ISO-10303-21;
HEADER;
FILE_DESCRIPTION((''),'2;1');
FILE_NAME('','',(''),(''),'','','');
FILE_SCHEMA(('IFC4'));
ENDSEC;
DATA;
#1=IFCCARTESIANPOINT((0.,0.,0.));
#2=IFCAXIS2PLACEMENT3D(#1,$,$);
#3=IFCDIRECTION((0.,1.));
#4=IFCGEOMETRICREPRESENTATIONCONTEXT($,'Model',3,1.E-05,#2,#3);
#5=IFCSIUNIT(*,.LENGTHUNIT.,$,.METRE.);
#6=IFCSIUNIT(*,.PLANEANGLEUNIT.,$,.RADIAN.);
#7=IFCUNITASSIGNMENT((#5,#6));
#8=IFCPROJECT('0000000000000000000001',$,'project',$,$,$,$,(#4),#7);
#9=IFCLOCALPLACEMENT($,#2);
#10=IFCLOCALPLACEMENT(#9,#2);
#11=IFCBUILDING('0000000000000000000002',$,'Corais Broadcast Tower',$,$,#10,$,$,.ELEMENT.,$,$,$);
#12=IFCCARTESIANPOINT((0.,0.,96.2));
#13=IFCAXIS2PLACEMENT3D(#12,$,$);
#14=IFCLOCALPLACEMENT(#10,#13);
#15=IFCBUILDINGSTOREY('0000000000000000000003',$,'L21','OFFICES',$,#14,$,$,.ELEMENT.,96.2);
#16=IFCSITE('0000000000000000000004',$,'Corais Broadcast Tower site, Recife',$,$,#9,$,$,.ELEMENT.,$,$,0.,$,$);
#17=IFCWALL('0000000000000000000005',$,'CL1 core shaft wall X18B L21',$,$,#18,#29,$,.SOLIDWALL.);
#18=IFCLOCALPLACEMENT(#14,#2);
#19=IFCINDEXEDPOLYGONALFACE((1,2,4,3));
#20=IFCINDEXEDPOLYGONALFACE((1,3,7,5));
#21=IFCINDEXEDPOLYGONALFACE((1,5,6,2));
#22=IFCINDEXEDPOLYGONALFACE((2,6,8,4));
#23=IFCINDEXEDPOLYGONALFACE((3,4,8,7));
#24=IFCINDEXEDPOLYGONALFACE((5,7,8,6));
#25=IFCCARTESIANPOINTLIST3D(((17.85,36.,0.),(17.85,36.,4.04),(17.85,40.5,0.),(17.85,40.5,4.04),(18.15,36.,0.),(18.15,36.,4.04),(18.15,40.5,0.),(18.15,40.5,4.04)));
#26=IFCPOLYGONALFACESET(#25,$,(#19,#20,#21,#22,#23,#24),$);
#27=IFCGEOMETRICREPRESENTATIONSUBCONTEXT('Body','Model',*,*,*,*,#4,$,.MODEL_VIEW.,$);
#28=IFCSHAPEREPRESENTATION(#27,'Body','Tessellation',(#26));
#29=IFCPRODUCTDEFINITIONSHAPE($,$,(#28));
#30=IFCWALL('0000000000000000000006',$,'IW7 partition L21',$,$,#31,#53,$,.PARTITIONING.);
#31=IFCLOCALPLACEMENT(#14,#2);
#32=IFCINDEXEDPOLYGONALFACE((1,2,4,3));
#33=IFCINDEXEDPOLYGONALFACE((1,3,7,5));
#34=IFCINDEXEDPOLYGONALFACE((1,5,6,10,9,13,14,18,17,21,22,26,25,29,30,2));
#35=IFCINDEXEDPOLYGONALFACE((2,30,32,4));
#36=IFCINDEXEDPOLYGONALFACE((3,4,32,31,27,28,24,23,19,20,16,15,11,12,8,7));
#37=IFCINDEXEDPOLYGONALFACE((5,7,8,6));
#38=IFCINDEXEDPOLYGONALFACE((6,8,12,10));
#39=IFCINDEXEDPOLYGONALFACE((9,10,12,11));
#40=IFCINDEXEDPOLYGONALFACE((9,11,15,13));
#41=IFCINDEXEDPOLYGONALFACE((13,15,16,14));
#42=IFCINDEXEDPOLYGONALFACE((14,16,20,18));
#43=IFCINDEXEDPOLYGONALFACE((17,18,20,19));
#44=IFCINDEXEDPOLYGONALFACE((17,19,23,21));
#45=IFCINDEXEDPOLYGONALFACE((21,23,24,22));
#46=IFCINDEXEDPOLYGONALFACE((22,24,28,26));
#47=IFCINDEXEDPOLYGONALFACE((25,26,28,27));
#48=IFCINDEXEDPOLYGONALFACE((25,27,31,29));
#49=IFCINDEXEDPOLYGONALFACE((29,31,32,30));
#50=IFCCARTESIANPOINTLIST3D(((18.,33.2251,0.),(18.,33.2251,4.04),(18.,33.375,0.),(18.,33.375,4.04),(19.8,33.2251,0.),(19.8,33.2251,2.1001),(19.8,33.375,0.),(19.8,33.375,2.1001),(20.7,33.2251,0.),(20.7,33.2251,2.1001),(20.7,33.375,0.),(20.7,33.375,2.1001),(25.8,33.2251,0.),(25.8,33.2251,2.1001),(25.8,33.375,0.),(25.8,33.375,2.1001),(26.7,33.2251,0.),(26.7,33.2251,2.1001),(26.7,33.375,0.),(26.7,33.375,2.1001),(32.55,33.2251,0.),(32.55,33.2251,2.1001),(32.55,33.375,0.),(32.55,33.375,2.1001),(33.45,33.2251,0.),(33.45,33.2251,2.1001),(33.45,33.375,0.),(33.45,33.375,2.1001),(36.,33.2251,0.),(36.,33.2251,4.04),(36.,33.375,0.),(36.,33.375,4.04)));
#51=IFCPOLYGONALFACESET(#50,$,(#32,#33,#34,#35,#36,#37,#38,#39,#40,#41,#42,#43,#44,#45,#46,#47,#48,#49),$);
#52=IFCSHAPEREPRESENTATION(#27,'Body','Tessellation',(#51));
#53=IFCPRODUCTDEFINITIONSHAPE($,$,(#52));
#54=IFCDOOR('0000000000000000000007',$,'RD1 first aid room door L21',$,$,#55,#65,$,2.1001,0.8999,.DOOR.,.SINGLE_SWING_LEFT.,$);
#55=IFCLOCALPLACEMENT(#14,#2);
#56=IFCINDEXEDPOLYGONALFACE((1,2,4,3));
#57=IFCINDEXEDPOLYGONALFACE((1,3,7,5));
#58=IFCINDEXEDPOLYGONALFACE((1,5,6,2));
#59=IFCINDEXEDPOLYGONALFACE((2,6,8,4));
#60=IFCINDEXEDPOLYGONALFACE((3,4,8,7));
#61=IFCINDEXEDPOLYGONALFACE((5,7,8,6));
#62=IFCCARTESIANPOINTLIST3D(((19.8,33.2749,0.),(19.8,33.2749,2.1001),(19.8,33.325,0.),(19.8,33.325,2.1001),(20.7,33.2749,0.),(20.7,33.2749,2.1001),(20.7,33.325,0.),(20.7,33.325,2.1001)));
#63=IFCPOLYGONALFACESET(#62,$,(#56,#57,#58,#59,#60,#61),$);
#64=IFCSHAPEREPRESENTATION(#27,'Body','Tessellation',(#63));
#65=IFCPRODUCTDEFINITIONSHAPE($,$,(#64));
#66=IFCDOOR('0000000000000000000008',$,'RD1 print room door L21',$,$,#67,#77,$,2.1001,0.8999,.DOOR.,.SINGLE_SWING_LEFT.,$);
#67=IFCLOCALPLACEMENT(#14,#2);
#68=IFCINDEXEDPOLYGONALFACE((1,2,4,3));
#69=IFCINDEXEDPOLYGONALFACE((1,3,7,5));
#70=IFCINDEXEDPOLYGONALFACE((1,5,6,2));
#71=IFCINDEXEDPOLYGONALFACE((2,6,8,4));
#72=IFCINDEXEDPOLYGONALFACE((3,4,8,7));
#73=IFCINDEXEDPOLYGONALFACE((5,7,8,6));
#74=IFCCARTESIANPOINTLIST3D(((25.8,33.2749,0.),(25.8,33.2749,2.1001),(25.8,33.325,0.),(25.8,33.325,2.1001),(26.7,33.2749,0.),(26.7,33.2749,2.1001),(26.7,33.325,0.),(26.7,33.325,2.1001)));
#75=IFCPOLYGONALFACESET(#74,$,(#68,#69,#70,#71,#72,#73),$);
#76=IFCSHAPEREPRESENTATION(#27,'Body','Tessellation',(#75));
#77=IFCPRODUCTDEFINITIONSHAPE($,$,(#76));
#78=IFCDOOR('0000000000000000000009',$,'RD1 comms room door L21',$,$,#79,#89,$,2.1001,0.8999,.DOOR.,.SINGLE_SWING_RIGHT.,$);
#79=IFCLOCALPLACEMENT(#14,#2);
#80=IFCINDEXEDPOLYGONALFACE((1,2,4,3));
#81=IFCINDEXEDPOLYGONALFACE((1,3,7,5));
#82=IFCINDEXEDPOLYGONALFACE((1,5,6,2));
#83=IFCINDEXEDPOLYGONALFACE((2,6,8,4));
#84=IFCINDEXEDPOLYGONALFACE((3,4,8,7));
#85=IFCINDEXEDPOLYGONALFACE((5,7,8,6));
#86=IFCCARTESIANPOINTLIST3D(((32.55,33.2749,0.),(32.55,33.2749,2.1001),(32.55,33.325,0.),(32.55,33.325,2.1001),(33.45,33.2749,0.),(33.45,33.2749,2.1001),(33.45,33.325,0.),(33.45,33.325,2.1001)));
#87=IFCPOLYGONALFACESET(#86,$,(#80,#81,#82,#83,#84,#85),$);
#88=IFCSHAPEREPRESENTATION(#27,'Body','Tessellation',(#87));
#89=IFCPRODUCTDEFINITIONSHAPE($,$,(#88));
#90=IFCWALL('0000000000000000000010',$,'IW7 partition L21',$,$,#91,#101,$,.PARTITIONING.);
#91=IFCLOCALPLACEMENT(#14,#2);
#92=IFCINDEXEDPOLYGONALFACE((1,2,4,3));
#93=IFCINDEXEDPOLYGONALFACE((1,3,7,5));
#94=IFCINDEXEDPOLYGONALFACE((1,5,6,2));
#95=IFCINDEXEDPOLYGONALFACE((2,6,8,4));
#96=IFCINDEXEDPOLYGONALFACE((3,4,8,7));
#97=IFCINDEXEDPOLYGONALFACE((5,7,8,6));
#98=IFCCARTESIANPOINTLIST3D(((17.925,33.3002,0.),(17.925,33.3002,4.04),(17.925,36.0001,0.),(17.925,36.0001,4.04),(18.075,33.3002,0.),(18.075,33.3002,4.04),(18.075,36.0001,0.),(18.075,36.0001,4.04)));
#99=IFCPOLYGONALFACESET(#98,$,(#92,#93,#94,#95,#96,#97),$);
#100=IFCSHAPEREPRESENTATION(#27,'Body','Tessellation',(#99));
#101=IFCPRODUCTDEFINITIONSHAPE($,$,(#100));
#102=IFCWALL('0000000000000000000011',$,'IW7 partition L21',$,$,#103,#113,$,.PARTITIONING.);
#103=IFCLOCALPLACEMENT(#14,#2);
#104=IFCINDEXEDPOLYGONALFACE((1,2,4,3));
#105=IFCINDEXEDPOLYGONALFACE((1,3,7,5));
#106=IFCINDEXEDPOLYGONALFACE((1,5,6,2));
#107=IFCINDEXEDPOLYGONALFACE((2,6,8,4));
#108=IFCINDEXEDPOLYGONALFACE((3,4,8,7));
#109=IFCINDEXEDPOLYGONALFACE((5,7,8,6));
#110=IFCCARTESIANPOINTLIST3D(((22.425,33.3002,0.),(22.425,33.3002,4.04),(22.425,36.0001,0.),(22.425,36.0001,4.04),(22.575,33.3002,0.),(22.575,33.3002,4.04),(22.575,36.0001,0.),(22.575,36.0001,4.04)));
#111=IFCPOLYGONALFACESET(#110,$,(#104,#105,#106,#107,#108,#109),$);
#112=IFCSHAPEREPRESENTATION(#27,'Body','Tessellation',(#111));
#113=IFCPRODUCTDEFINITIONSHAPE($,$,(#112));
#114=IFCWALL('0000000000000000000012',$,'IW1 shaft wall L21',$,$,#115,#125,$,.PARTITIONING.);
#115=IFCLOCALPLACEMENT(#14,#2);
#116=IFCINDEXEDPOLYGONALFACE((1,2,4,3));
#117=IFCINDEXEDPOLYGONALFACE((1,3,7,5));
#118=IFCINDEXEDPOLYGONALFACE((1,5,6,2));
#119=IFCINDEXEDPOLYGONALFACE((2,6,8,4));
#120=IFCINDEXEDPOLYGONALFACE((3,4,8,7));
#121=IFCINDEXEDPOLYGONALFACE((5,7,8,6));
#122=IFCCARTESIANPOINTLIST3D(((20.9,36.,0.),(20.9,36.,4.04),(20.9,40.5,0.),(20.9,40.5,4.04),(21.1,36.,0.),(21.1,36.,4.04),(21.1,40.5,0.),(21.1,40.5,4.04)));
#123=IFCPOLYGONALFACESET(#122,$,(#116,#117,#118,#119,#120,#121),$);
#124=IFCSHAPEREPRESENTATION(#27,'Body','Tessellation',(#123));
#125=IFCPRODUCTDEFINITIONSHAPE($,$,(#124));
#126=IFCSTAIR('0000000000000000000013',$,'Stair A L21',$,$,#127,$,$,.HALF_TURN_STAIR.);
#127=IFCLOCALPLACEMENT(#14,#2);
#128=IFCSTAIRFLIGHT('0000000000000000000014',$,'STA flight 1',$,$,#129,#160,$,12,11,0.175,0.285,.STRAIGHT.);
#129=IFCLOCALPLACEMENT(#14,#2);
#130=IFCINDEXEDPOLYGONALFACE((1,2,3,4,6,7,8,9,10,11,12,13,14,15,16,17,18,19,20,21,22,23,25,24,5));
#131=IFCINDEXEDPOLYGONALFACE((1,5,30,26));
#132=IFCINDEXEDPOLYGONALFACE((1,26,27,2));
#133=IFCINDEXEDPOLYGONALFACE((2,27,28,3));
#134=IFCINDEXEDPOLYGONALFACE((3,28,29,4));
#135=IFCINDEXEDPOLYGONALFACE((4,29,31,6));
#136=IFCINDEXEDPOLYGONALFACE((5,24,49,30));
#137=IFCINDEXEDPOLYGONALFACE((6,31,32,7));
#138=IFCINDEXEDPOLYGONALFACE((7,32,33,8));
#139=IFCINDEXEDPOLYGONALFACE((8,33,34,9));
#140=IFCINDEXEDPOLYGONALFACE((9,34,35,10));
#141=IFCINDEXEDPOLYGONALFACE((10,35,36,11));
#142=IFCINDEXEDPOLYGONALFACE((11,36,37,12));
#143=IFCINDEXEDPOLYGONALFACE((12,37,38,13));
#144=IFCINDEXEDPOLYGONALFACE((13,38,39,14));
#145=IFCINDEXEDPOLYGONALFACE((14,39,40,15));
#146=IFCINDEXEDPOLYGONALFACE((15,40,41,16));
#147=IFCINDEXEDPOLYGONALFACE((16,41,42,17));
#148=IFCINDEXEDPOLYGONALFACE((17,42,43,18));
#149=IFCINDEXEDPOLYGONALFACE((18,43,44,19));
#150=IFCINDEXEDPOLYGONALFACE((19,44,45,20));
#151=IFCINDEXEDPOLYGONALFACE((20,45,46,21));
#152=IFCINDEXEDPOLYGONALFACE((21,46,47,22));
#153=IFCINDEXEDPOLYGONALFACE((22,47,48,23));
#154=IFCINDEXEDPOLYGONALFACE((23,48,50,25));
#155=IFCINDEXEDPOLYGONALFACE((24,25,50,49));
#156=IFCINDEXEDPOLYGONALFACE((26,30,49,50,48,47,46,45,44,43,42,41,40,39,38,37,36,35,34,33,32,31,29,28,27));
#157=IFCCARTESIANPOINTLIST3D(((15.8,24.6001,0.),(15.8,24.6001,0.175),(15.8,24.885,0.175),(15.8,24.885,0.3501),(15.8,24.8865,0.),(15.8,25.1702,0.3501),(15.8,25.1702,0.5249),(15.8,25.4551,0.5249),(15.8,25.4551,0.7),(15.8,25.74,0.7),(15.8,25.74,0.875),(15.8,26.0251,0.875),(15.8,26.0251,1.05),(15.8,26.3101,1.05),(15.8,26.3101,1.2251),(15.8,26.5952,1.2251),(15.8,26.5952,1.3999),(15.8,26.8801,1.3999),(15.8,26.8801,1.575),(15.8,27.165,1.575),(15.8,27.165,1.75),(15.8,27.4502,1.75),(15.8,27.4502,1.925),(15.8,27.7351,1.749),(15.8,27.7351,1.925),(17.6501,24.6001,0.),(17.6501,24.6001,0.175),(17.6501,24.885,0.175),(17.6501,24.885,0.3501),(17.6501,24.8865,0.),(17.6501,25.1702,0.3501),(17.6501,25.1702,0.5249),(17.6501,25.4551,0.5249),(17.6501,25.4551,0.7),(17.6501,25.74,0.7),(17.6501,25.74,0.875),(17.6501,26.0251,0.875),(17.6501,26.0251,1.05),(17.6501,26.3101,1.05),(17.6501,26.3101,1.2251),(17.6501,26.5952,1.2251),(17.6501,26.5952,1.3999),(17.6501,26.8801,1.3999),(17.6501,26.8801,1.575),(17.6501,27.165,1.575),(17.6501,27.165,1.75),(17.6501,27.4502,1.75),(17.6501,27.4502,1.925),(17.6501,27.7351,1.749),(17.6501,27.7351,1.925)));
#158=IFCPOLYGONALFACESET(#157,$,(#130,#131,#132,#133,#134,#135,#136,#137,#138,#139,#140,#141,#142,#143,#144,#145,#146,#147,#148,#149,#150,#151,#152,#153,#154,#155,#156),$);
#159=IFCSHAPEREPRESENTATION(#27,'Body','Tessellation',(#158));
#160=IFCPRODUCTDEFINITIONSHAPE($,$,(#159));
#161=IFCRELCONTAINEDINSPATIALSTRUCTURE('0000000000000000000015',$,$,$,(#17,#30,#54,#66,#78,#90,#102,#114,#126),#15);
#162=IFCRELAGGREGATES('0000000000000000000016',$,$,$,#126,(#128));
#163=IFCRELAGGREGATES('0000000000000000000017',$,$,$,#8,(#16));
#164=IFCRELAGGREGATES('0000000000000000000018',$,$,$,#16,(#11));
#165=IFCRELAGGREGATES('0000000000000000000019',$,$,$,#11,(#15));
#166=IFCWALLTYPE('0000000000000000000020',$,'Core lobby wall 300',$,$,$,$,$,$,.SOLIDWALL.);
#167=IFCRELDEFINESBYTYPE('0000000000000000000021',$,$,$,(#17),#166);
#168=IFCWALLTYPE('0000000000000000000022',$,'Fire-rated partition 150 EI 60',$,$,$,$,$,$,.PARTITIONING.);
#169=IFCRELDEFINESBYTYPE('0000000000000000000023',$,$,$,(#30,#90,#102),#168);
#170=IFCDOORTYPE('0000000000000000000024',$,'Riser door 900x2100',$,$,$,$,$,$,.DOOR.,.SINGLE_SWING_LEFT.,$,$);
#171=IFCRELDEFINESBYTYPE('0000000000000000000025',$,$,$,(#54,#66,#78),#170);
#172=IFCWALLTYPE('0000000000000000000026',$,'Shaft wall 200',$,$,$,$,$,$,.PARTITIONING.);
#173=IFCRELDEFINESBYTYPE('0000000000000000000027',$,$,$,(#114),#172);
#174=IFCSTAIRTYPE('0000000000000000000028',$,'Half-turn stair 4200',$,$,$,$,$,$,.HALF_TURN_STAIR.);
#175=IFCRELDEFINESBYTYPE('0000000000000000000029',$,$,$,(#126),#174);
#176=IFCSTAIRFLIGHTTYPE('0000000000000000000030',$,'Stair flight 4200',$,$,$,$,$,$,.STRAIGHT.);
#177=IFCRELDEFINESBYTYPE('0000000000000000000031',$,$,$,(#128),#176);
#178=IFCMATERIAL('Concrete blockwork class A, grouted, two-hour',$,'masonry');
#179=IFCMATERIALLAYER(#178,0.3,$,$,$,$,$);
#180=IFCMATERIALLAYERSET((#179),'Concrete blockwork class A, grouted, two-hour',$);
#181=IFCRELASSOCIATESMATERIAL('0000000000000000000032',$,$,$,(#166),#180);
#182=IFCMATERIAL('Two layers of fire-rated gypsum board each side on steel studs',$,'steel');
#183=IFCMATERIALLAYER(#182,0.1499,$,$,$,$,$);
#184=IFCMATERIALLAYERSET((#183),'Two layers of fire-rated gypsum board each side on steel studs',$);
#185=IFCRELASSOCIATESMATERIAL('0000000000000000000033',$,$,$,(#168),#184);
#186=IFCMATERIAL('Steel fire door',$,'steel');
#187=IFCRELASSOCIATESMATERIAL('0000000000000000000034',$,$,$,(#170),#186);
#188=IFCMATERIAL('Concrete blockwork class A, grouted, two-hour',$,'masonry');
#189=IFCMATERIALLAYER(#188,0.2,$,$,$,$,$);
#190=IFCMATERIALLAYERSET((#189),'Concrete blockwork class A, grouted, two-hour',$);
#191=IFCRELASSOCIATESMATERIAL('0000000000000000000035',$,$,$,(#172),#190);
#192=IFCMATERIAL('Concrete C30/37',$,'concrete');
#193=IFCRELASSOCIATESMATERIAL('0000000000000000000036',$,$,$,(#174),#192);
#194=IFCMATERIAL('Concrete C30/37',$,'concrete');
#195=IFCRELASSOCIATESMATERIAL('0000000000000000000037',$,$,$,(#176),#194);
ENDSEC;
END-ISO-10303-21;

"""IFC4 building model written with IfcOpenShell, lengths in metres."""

from ifc_helpers import new_model, si_unit, direction, frame, frame_2d, origin, place, context, subcontext, project, spatial, polyline, rectangle, outline, extrude, material, layer, layer_set, type_object, element, fill, aggregate, save


model = new_model("IFC4")

# Units and contexts
model_context = context("Model", 3, precision=1e-05, world=origin(), true_north=direction((0.0, 1.0)))
body_context = subcontext(model_context, "Body", "Model", "MODEL_VIEW")
ifc_project = project(units=[si_unit("LENGTHUNIT", "METRE"), si_unit("PLANEANGLEUNIT", "RADIAN")], contexts=[model_context])

# Site, building, storey
site_placement = place(None, origin())
site = spatial("IfcSite", under=ifc_project, at=site_placement, Name="Corais Broadcast Tower site, Recife", CompositionType="ELEMENT", RefElevation=0.0)
building_placement = place(site_placement, origin())
building = spatial("IfcBuilding", under=site, at=building_placement, Name="Corais Broadcast Tower", CompositionType="ELEMENT")
storey_placement = place(building_placement, frame((0.0, 0.0, 96.2)))
storey = spatial("IfcBuildingStorey", under=building, at=storey_placement, Name="L21", Description="OFFICES", CompositionType="ELEMENT", Elevation=96.2)

# Wall
ifc_material_1 = material(Name="Concrete blockwork class A, grouted, two-hour", Category="masonry")
ifc_layer_1 = layer(ifc_material_1, 0.3)
ifc_layer_set_1 = layer_set([ifc_layer_1], Name="Concrete blockwork class A, grouted, two-hour")
wall_type_1 = type_object("IfcWallType", Name="Core lobby wall 300", PredefinedType="SOLIDWALL", material=ifc_layer_set_1)
wall_1_placement = place(storey_placement, frame((18.0, 36.0, 0.0), z_axis=(0.0, 0.0, 1.0), x_axis=(0.0, 1.0, 0.0)))
element("IfcWall", 1, at=wall_1_placement, inside=storey, type_object=wall_type_1, Name="CL1 core shaft wall X18B L21", PredefinedType="SOLIDWALL", context=body_context, shape_type="SweptSolid", body=[
    extrude(rectangle(XDim=4.5, YDim=0.3, at=frame_2d((2.25, 0.0))), origin(), (0.0, 0.0, 1.0), 4.04),
])

# Wall, openings, doors
ifc_material_2 = material(Name="Two layers of fire-rated gypsum board each side on steel studs", Category="steel")
ifc_layer_2 = layer(ifc_material_2, 0.1499)
ifc_layer_set_2 = layer_set([ifc_layer_2], Name="Two layers of fire-rated gypsum board each side on steel studs")
wall_type_2 = type_object("IfcWallType", Name="Fire-rated partition 150 EI 60", PredefinedType="PARTITIONING", material=ifc_layer_set_2)
wall_2_placement = place(storey_placement, frame((18.0, 33.3, 0.0), z_axis=(0.0, 0.0, 1.0), x_axis=(1.0, 0.0, 0.0)))
wall_2 = element("IfcWall", 2, at=wall_2_placement, inside=storey, type_object=wall_type_2, Name="IW7 partition L21", PredefinedType="PARTITIONING", context=body_context, shape_type="SweptSolid", body=[
    extrude(rectangle(XDim=18.0, YDim=0.1499, at=frame_2d((9.0, 0.0))), origin(), (0.0, 0.0, 1.0), 4.04),
])
opening_1_placement = place(wall_2_placement, frame((1.8, 0.0, 0.0)))
opening_1 = element("IfcOpeningElement", 3, at=opening_1_placement, cuts=wall_2, PredefinedType="OPENING", context=body_context, shape_type="SweptSolid", body=[
    extrude(rectangle(XDim=0.8999, YDim=2.1001, at=frame_2d((0.45, 1.05))), frame((0.0, 0.085, 0.0), z_axis=(0.0, -1.0, 0.0), x_axis=(1.0, 0.0, 0.0)), (0.0, 0.0, 1.0), 0.1699),
])
opening_2_placement = place(wall_2_placement, frame((7.8, 0.0, 0.0)))
opening_2 = element("IfcOpeningElement", 4, at=opening_2_placement, cuts=wall_2, PredefinedType="OPENING", context=body_context, shape_type="SweptSolid", body=[
    extrude(rectangle(XDim=0.8999, YDim=2.1001, at=frame_2d((0.45, 1.05))), frame((0.0, 0.085, 0.0), z_axis=(0.0, -1.0, 0.0), x_axis=(1.0, 0.0, 0.0)), (0.0, 0.0, 1.0), 0.1699),
])
opening_3_placement = place(wall_2_placement, frame((14.55, 0.0, 0.0)))
opening_3 = element("IfcOpeningElement", 5, at=opening_3_placement, cuts=wall_2, PredefinedType="OPENING", context=body_context, shape_type="SweptSolid", body=[
    extrude(rectangle(XDim=0.8999, YDim=2.1001, at=frame_2d((0.45, 1.05))), frame((0.0, 0.085, 0.0), z_axis=(0.0, -1.0, 0.0), x_axis=(1.0, 0.0, 0.0)), (0.0, 0.0, 1.0), 0.1699),
])
ifc_material_3 = material(Name="Steel fire door", Category="steel")
door_type = type_object("IfcDoorType", Name="Riser door 900x2100", OperationType="SINGLE_SWING_LEFT", PredefinedType="DOOR", material=ifc_material_3)
door_1_placement = place(opening_1_placement, origin())
door_1 = element("IfcDoor", 6, at=door_1_placement, inside=storey, type_object=door_type, Name="RD1 first aid room door L21", OperationType="SINGLE_SWING_LEFT", OverallHeight=2.1001, OverallWidth=0.8999, PredefinedType="DOOR", context=body_context, shape_type="SweptSolid", body=[
    extrude(rectangle(XDim=0.8999, YDim=2.1001, at=frame_2d((0.45, 1.05))), frame((0.0, 0.0249, 0.0), z_axis=(0.0, -1.0, 0.0), x_axis=(1.0, 0.0, 0.0)), (0.0, 0.0, 1.0), 0.05),
])
fill(opening_1, door_1)
door_2_placement = place(opening_2_placement, origin())
door_2 = element("IfcDoor", 7, at=door_2_placement, inside=storey, type_object=door_type, Name="RD1 print room door L21", OperationType="SINGLE_SWING_LEFT", OverallHeight=2.1001, OverallWidth=0.8999, PredefinedType="DOOR", context=body_context, shape_type="SweptSolid", body=[
    extrude(rectangle(XDim=0.8999, YDim=2.1001, at=frame_2d((0.45, 1.05))), frame((0.0, 0.0249, 0.0), z_axis=(0.0, -1.0, 0.0), x_axis=(1.0, 0.0, 0.0)), (0.0, 0.0, 1.0), 0.05),
])
fill(opening_2, door_2)
door_3_placement = place(opening_3_placement, origin())
door_3 = element("IfcDoor", 8, at=door_3_placement, inside=storey, type_object=door_type, Name="RD1 comms room door L21", OperationType="SINGLE_SWING_RIGHT", OverallHeight=2.1001, OverallWidth=0.8999, PredefinedType="DOOR", context=body_context, shape_type="SweptSolid", body=[
    extrude(rectangle(XDim=0.8999, YDim=2.1001, at=frame_2d((0.45, 1.05))), frame((0.0, 0.0249, 0.0), z_axis=(0.0, -1.0, 0.0), x_axis=(1.0, 0.0, 0.0)), (0.0, 0.0, 1.0), 0.05),
])
fill(opening_3, door_3)

# Walls
for number, where, z_axis, x_axis, name in (
    (9, (18.0, 33.3, 0.0), (0.0, 0.0, 1.0), (0.0, 1.0, 0.0), "IW7 partition L21"),
    (10, (22.5, 33.3, 0.0), (0.0, 0.0, 1.0), (0.0, 1.0, 0.0), "IW7 partition L21"),
):
    element("IfcWall", number, at=place(storey_placement, frame(where, z_axis=z_axis, x_axis=x_axis)), inside=storey, type_object=wall_type_2, Name=name, PredefinedType="PARTITIONING", context=body_context, shape_type="SweptSolid", body=[
        extrude(rectangle(XDim=2.7, YDim=0.1499, at=frame_2d((1.3501, 0.0))), origin(), (0.0, 0.0, 1.0), 4.04),
    ])
ifc_material_4 = material(Name="Concrete blockwork class A, grouted, two-hour", Category="masonry")
ifc_layer_3 = layer(ifc_material_4, 0.2)
ifc_layer_set_3 = layer_set([ifc_layer_3], Name="Concrete blockwork class A, grouted, two-hour")
wall_type_3 = type_object("IfcWallType", Name="Shaft wall 200", PredefinedType="PARTITIONING", material=ifc_layer_set_3)
wall_3_placement = place(storey_placement, frame((21.0, 36.0, 0.0), z_axis=(0.0, 0.0, 1.0), x_axis=(0.0, 1.0, 0.0)))
element("IfcWall", 11, at=wall_3_placement, inside=storey, type_object=wall_type_3, Name="IW1 shaft wall L21", PredefinedType="PARTITIONING", context=body_context, shape_type="SweptSolid", body=[
    extrude(rectangle(XDim=4.5, YDim=0.2, at=frame_2d((2.25, 0.0))), origin(), (0.0, 0.0, 1.0), 4.04),
])

# Stair, stair flight
ifc_material_5 = material(Name="Concrete C30/37", Category="concrete")
stair_type = type_object("IfcStairType", Name="Half-turn stair 4200", PredefinedType="HALF_TURN_STAIR", material=ifc_material_5)
stair_placement = place(storey_placement, origin())
stair = element("IfcStair", 12, at=stair_placement, inside=storey, type_object=stair_type, Name="Stair A L21", PredefinedType="HALF_TURN_STAIR")
ifc_material_6 = material(Name="Concrete C30/37", Category="concrete")
stair_flight_type = type_object("IfcStairFlightType", Name="Stair flight 4200", PredefinedType="STRAIGHT", material=ifc_material_6)
stair_flight_placement = place(storey_placement, frame((16.7251, 24.6001, 0.0), z_axis=(0.0, 0.0, 1.0), x_axis=(0.0, 1.0, 0.0)))
stair_flight = element("IfcStairFlight", 13, at=stair_flight_placement, type_object=stair_flight_type, Name="STA flight 1", NumberOfRisers=12, NumberOfTreads=11, PredefinedType="STRAIGHT", RiserHeight=0.175, TreadLength=0.285, context=body_context, shape_type="SweptSolid", body=[
    extrude(outline(polyline([(0.0, 0.0), (0.0, 0.175), (0.2849, 0.175), (0.2849, 0.3501), (0.5701, 0.3501), (0.5701, 0.5249), (0.855, 0.5249), (0.855, 0.7), (1.1399, 0.7), (1.1399, 0.875), (1.425, 0.875), (1.425, 1.05), (1.71, 1.05), (1.71, 1.2251), (1.9951, 1.2251), (1.9951, 1.3999), (2.28, 1.3999), (2.28, 1.575), (2.5649, 1.575), (2.5649, 1.75), (2.8501, 1.75), (2.8501, 1.925), (3.135, 1.925), (3.135, 2.1001), (3.135, 1.749), (0.2864, 0.0), (0.0, 0.0)])), frame((0.0, 0.925, 0.0), z_axis=(0.0, -1.0, 0.0), x_axis=(1.0, 0.0, 0.0)), (0.0, 0.0, 1.0), 1.8501),
])
aggregate(stair, [stair_flight])

save(model, "model.ifc")
